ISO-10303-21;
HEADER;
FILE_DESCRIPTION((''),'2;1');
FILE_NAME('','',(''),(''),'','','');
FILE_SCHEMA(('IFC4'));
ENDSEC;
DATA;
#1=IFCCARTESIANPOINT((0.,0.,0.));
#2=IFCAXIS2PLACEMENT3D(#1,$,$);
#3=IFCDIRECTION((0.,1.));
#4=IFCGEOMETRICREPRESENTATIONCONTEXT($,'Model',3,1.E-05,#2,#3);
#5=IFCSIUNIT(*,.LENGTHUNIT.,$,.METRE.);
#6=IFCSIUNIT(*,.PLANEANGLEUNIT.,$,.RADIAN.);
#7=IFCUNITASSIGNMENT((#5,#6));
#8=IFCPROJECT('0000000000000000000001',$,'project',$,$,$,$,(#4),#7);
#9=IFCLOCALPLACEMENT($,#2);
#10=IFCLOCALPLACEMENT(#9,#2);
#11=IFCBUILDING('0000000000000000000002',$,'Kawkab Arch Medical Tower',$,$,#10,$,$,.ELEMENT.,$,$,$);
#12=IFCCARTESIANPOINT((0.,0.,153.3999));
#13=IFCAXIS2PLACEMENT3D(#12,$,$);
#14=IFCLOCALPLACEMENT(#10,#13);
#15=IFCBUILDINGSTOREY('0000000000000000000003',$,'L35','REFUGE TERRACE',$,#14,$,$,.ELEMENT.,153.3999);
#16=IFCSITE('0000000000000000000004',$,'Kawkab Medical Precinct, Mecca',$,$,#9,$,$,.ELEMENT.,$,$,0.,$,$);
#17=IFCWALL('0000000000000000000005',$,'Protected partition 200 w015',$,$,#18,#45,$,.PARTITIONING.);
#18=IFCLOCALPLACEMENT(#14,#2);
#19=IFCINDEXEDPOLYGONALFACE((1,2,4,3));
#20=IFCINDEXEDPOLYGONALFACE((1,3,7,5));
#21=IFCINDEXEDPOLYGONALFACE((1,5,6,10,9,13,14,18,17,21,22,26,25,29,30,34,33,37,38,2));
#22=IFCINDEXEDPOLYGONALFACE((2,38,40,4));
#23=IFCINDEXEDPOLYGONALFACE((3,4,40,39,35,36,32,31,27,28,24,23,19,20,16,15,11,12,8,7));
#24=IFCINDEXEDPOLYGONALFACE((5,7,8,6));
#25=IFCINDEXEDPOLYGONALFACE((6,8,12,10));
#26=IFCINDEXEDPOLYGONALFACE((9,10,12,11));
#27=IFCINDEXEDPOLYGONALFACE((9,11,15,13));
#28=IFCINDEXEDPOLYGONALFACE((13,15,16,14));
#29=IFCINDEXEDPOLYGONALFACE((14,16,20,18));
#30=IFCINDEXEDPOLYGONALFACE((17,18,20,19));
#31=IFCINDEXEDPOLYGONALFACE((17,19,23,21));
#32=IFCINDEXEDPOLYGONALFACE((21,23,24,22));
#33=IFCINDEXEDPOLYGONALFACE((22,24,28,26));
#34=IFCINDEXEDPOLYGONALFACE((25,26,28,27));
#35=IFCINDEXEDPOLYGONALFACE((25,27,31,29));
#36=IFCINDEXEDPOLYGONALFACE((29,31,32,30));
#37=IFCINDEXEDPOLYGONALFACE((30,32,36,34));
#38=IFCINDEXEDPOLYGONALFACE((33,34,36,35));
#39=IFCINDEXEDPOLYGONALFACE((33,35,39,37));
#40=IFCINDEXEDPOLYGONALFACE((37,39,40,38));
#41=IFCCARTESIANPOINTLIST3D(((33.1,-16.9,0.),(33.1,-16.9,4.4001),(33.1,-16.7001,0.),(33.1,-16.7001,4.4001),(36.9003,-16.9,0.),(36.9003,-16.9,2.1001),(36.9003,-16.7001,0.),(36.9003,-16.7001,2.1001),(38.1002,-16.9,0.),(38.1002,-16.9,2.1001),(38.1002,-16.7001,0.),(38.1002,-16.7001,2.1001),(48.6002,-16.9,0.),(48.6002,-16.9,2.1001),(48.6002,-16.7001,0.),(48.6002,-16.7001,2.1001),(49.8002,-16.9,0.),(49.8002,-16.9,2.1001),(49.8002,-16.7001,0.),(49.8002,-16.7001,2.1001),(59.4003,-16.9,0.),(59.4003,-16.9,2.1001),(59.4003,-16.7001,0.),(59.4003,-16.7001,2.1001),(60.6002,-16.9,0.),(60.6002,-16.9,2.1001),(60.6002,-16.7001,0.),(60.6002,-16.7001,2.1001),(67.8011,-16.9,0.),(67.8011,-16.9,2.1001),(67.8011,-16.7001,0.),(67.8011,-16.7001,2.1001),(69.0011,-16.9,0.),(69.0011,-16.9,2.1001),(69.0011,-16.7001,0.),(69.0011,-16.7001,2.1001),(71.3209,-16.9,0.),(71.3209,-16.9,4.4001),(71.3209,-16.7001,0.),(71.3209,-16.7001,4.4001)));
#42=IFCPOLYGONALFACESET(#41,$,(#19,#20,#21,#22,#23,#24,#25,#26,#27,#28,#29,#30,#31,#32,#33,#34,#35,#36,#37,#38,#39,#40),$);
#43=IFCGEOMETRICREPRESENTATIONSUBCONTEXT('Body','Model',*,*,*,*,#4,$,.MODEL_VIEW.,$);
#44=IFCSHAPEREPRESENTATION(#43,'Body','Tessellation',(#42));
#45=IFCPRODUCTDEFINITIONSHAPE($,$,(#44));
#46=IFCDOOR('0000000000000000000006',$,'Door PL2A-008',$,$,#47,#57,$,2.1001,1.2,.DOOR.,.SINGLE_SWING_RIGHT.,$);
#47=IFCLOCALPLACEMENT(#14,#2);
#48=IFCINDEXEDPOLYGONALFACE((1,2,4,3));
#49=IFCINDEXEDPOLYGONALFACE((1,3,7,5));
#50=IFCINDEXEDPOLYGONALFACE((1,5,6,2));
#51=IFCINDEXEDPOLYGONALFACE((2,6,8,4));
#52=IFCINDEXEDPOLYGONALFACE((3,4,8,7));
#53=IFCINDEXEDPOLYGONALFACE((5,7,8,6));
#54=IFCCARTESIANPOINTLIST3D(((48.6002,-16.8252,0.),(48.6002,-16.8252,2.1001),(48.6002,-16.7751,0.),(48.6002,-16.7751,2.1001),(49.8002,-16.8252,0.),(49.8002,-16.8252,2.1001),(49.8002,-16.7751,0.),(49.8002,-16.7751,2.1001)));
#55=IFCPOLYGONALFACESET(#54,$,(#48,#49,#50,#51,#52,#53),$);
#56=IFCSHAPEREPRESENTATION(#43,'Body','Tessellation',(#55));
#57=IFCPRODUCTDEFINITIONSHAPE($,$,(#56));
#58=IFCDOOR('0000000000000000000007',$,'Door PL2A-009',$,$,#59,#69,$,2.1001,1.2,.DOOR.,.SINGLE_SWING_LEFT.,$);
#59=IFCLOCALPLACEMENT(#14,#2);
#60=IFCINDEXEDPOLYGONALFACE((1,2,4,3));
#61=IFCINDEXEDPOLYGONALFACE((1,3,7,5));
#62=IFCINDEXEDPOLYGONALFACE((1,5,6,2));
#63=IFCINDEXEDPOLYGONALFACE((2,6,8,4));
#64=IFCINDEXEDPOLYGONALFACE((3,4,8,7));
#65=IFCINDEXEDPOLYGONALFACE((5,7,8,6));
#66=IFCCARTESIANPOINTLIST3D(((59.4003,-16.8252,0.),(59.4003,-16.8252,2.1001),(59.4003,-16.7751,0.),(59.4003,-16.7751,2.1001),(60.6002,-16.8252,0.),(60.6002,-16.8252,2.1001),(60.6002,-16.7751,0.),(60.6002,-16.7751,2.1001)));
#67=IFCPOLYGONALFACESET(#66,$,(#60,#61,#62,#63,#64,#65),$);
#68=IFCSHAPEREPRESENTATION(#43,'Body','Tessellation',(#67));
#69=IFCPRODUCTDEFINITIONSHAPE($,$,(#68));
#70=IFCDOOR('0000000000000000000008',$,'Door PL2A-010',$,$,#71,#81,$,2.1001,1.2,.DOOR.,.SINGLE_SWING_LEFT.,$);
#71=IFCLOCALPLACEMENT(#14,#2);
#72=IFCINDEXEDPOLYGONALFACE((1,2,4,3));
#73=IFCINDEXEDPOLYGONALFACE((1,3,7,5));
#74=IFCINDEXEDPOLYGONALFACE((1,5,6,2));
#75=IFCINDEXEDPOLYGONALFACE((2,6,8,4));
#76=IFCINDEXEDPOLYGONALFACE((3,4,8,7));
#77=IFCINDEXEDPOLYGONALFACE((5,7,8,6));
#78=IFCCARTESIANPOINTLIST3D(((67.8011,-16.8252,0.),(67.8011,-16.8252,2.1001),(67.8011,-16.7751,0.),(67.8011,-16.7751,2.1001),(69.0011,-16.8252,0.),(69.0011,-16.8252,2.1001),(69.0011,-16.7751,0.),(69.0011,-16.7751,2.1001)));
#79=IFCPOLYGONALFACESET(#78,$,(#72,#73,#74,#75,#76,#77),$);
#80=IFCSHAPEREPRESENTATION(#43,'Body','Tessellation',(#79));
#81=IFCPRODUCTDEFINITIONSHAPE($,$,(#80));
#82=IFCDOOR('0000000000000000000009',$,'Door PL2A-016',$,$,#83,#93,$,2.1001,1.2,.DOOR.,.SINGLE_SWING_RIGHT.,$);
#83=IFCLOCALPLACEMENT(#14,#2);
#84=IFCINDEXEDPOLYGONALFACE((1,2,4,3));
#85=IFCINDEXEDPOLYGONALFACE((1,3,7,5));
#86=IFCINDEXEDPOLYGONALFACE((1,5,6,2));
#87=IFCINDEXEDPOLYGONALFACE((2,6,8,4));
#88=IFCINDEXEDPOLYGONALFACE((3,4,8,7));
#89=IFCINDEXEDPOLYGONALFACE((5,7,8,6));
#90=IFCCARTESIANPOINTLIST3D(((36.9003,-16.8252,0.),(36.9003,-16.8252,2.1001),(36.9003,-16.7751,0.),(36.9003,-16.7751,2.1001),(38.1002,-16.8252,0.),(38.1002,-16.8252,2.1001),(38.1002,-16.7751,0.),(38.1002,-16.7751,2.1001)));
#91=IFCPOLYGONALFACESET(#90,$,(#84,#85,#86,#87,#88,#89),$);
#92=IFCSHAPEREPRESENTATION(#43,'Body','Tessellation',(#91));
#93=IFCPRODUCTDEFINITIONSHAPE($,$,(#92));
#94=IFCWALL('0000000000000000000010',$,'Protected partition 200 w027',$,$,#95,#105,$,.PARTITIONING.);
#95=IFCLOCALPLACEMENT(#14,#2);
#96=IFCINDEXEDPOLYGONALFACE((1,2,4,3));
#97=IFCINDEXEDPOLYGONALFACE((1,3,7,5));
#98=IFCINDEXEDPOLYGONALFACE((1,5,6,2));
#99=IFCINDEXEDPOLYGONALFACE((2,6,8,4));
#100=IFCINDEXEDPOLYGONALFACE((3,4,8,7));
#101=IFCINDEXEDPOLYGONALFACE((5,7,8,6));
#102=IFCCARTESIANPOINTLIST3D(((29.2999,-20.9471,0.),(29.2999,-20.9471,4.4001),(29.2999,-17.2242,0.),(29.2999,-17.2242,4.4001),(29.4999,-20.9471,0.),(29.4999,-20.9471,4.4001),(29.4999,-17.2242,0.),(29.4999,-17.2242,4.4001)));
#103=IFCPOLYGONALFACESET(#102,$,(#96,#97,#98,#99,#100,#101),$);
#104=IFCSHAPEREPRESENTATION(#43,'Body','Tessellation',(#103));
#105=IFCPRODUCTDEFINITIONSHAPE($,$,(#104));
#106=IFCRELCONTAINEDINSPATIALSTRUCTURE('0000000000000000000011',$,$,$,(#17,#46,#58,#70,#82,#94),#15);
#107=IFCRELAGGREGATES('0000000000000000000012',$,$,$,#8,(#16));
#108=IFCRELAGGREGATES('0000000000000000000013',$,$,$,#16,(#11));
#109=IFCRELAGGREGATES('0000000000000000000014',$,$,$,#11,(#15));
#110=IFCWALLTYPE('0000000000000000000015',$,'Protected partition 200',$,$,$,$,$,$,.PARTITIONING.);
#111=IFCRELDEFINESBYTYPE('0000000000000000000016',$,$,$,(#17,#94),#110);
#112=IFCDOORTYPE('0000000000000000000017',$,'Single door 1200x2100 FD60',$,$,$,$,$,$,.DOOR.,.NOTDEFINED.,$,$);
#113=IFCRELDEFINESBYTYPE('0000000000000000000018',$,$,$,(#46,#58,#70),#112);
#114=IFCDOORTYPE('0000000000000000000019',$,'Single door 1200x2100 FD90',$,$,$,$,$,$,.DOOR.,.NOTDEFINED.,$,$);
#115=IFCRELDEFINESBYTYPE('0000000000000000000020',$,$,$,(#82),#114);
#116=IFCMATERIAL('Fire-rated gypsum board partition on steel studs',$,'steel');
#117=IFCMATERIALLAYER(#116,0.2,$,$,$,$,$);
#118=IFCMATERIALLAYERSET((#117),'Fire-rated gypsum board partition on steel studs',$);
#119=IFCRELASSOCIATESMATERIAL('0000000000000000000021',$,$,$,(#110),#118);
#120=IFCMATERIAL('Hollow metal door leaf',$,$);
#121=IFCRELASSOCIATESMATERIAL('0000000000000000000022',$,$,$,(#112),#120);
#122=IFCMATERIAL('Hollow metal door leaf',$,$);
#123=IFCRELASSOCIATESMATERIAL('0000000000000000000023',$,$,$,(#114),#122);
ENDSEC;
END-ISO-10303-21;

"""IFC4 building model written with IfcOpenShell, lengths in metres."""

from ifc_helpers import new_model, si_unit, direction, frame, frame_2d, origin, place, context, subcontext, project, spatial, rectangle, extrude, material, layer, layer_set, type_object, element, fill, save


model = new_model("IFC4")

# Units and contexts
model_context = context("Model", 3, precision=1e-05, world=origin(), true_north=direction((0.0, 1.0)))
body_context = subcontext(model_context, "Body", "Model", "MODEL_VIEW")
ifc_project = project(units=[si_unit("LENGTHUNIT", "METRE"), si_unit("PLANEANGLEUNIT", "RADIAN")], contexts=[model_context])

# Site, building, storey
site_placement = place(None, origin())
site = spatial("IfcSite", under=ifc_project, at=site_placement, Name="Kawkab Medical Precinct, Mecca", CompositionType="ELEMENT", RefElevation=0.0)
building_placement = place(site_placement, origin())
building = spatial("IfcBuilding", under=site, at=building_placement, Name="Kawkab Arch Medical Tower", CompositionType="ELEMENT")
storey_placement = place(building_placement, frame((0.0, 0.0, 153.3999)))
storey = spatial("IfcBuildingStorey", under=building, at=storey_placement, Name="L35", Description="REFUGE TERRACE", CompositionType="ELEMENT", Elevation=153.3999)

# Wall, openings, doors
ifc_material_1 = material(Name="Fire-rated gypsum board partition on steel studs", Category="steel")
ifc_layer_1 = layer(ifc_material_1, 0.2)
ifc_layer_set_1 = layer_set([ifc_layer_1], Name="Fire-rated gypsum board partition on steel studs")
wall_type_1 = type_object("IfcWallType", Name="Protected partition 200", PredefinedType="PARTITIONING", material=ifc_layer_set_1)
wall_1_placement = place(storey_placement, frame((33.1001, -16.8, 0.0), z_axis=(0.0, 0.0, 1.0), x_axis=(1.0, 0.0, 0.0)))
wall_1 = element("IfcWall", 1, at=wall_1_placement, inside=storey, type_object=wall_type_1, Name="Protected partition 200 w015", PredefinedType="PARTITIONING", context=body_context, shape_type="SweptSolid", body=[
    extrude(rectangle(XDim=38.2209, YDim=0.2, at=frame_2d((19.1104, 0.0))), origin(), (0.0, 0.0, 1.0), 4.4001),
])
opening_1_placement = place(wall_1_placement, frame((3.8, 0.0, 0.0)))
opening_1 = element("IfcOpeningElement", 2, at=opening_1_placement, cuts=wall_1, PredefinedType="OPENING", context=body_context, shape_type="SweptSolid", body=[
    extrude(rectangle(XDim=1.2, YDim=2.1001, at=frame_2d((0.6001, 1.05))), frame((0.0, 0.1099, 0.0), z_axis=(0.0, -1.0, 0.0), x_axis=(1.0, 0.0, 0.0)), (0.0, 0.0, 1.0), 0.22),
])
opening_2_placement = place(wall_1_placement, frame((15.5, 0.0, 0.0)))
opening_2 = element("IfcOpeningElement", 3, at=opening_2_placement, cuts=wall_1, PredefinedType="OPENING", context=body_context, shape_type="SweptSolid", body=[
    extrude(rectangle(XDim=1.2, YDim=2.1001, at=frame_2d((0.6001, 1.05))), frame((0.0, 0.1099, 0.0), z_axis=(0.0, -1.0, 0.0), x_axis=(1.0, 0.0, 0.0)), (0.0, 0.0, 1.0), 0.22),
])
opening_3_placement = place(wall_1_placement, frame((26.3, 0.0, 0.0)))
opening_3 = element("IfcOpeningElement", 4, at=opening_3_placement, cuts=wall_1, PredefinedType="OPENING", context=body_context, shape_type="SweptSolid", body=[
    extrude(rectangle(XDim=1.2, YDim=2.1001, at=frame_2d((0.6001, 1.05))), frame((0.0, 0.1099, 0.0), z_axis=(0.0, -1.0, 0.0), x_axis=(1.0, 0.0, 0.0)), (0.0, 0.0, 1.0), 0.22),
])
opening_4_placement = place(wall_1_placement, frame((34.7009, 0.0, 0.0)))
opening_4 = element("IfcOpeningElement", 5, at=opening_4_placement, cuts=wall_1, PredefinedType="OPENING", context=body_context, shape_type="SweptSolid", body=[
    extrude(rectangle(XDim=1.2, YDim=2.1001, at=frame_2d((0.6001, 1.05))), frame((0.0, 0.1099, 0.0), z_axis=(0.0, -1.0, 0.0), x_axis=(1.0, 0.0, 0.0)), (0.0, 0.0, 1.0), 0.22),
])
ifc_material_2 = material(Name="Hollow metal door leaf")
door_type_1 = type_object("IfcDoorType", Name="Single door 1200x2100 FD60", OperationType="NOTDEFINED", PredefinedType="DOOR", material=ifc_material_2)
door_1_placement = place(opening_2_placement, origin())
door_1 = element("IfcDoor", 6, at=door_1_placement, inside=storey, type_object=door_type_1, Name="Door PL2A-008", OperationType="SINGLE_SWING_RIGHT", OverallHeight=2.1001, OverallWidth=1.2, PredefinedType="DOOR", context=body_context, shape_type="SweptSolid", body=[
    extrude(rectangle(XDim=1.2, YDim=2.1001, at=frame_2d((0.6001, 1.05))), frame((0.0, 0.0249, 0.0), z_axis=(0.0, -1.0, 0.0), x_axis=(1.0, 0.0, 0.0)), (0.0, 0.0, 1.0), 0.05),
])
fill(opening_2, door_1)
door_2_placement = place(opening_3_placement, origin())
door_2 = element("IfcDoor", 7, at=door_2_placement, inside=storey, type_object=door_type_1, Name="Door PL2A-009", OperationType="SINGLE_SWING_LEFT", OverallHeight=2.1001, OverallWidth=1.2, PredefinedType="DOOR", context=body_context, shape_type="SweptSolid", body=[
    extrude(rectangle(XDim=1.2, YDim=2.1001, at=frame_2d((0.6001, 1.05))), frame((0.0, 0.0249, 0.0), z_axis=(0.0, -1.0, 0.0), x_axis=(1.0, 0.0, 0.0)), (0.0, 0.0, 1.0), 0.05),
])
fill(opening_3, door_2)
door_3_placement = place(opening_4_placement, origin())
door_3 = element("IfcDoor", 8, at=door_3_placement, inside=storey, type_object=door_type_1, Name="Door PL2A-010", OperationType="SINGLE_SWING_LEFT", OverallHeight=2.1001, OverallWidth=1.2, PredefinedType="DOOR", context=body_context, shape_type="SweptSolid", body=[
    extrude(rectangle(XDim=1.2, YDim=2.1001, at=frame_2d((0.6001, 1.05))), frame((0.0, 0.0249, 0.0), z_axis=(0.0, -1.0, 0.0), x_axis=(1.0, 0.0, 0.0)), (0.0, 0.0, 1.0), 0.05),
])
fill(opening_4, door_3)
ifc_material_3 = material(Name="Hollow metal door leaf")
door_type_2 = type_object("IfcDoorType", Name="Single door 1200x2100 FD90", OperationType="NOTDEFINED", PredefinedType="DOOR", material=ifc_material_3)
door_4_placement = place(opening_1_placement, origin())
door_4 = element("IfcDoor", 9, at=door_4_placement, inside=storey, type_object=door_type_2, Name="Door PL2A-016", OperationType="SINGLE_SWING_RIGHT", OverallHeight=2.1001, OverallWidth=1.2, PredefinedType="DOOR", context=body_context, shape_type="SweptSolid", body=[
    extrude(rectangle(XDim=1.2, YDim=2.1001, at=frame_2d((0.6001, 1.05))), frame((0.0, 0.0249, 0.0), z_axis=(0.0, -1.0, 0.0), x_axis=(1.0, 0.0, 0.0)), (0.0, 0.0, 1.0), 0.05),
])
fill(opening_1, door_4)

# Wall
wall_2_placement = place(storey_placement, frame((29.3999, -20.947, 0.0), z_axis=(0.0, 0.0, 1.0), x_axis=(0.0, 1.0, 0.0)))
element("IfcWall", 10, at=wall_2_placement, inside=storey, type_object=wall_type_1, Name="Protected partition 200 w027", PredefinedType="PARTITIONING", context=body_context, shape_type="SweptSolid", body=[
    extrude(rectangle(XDim=3.7229, YDim=0.2, at=frame_2d((1.8613, 0.0))), origin(), (0.0, 0.0, 1.0), 4.4001),
])

save(model, "model.ifc")
